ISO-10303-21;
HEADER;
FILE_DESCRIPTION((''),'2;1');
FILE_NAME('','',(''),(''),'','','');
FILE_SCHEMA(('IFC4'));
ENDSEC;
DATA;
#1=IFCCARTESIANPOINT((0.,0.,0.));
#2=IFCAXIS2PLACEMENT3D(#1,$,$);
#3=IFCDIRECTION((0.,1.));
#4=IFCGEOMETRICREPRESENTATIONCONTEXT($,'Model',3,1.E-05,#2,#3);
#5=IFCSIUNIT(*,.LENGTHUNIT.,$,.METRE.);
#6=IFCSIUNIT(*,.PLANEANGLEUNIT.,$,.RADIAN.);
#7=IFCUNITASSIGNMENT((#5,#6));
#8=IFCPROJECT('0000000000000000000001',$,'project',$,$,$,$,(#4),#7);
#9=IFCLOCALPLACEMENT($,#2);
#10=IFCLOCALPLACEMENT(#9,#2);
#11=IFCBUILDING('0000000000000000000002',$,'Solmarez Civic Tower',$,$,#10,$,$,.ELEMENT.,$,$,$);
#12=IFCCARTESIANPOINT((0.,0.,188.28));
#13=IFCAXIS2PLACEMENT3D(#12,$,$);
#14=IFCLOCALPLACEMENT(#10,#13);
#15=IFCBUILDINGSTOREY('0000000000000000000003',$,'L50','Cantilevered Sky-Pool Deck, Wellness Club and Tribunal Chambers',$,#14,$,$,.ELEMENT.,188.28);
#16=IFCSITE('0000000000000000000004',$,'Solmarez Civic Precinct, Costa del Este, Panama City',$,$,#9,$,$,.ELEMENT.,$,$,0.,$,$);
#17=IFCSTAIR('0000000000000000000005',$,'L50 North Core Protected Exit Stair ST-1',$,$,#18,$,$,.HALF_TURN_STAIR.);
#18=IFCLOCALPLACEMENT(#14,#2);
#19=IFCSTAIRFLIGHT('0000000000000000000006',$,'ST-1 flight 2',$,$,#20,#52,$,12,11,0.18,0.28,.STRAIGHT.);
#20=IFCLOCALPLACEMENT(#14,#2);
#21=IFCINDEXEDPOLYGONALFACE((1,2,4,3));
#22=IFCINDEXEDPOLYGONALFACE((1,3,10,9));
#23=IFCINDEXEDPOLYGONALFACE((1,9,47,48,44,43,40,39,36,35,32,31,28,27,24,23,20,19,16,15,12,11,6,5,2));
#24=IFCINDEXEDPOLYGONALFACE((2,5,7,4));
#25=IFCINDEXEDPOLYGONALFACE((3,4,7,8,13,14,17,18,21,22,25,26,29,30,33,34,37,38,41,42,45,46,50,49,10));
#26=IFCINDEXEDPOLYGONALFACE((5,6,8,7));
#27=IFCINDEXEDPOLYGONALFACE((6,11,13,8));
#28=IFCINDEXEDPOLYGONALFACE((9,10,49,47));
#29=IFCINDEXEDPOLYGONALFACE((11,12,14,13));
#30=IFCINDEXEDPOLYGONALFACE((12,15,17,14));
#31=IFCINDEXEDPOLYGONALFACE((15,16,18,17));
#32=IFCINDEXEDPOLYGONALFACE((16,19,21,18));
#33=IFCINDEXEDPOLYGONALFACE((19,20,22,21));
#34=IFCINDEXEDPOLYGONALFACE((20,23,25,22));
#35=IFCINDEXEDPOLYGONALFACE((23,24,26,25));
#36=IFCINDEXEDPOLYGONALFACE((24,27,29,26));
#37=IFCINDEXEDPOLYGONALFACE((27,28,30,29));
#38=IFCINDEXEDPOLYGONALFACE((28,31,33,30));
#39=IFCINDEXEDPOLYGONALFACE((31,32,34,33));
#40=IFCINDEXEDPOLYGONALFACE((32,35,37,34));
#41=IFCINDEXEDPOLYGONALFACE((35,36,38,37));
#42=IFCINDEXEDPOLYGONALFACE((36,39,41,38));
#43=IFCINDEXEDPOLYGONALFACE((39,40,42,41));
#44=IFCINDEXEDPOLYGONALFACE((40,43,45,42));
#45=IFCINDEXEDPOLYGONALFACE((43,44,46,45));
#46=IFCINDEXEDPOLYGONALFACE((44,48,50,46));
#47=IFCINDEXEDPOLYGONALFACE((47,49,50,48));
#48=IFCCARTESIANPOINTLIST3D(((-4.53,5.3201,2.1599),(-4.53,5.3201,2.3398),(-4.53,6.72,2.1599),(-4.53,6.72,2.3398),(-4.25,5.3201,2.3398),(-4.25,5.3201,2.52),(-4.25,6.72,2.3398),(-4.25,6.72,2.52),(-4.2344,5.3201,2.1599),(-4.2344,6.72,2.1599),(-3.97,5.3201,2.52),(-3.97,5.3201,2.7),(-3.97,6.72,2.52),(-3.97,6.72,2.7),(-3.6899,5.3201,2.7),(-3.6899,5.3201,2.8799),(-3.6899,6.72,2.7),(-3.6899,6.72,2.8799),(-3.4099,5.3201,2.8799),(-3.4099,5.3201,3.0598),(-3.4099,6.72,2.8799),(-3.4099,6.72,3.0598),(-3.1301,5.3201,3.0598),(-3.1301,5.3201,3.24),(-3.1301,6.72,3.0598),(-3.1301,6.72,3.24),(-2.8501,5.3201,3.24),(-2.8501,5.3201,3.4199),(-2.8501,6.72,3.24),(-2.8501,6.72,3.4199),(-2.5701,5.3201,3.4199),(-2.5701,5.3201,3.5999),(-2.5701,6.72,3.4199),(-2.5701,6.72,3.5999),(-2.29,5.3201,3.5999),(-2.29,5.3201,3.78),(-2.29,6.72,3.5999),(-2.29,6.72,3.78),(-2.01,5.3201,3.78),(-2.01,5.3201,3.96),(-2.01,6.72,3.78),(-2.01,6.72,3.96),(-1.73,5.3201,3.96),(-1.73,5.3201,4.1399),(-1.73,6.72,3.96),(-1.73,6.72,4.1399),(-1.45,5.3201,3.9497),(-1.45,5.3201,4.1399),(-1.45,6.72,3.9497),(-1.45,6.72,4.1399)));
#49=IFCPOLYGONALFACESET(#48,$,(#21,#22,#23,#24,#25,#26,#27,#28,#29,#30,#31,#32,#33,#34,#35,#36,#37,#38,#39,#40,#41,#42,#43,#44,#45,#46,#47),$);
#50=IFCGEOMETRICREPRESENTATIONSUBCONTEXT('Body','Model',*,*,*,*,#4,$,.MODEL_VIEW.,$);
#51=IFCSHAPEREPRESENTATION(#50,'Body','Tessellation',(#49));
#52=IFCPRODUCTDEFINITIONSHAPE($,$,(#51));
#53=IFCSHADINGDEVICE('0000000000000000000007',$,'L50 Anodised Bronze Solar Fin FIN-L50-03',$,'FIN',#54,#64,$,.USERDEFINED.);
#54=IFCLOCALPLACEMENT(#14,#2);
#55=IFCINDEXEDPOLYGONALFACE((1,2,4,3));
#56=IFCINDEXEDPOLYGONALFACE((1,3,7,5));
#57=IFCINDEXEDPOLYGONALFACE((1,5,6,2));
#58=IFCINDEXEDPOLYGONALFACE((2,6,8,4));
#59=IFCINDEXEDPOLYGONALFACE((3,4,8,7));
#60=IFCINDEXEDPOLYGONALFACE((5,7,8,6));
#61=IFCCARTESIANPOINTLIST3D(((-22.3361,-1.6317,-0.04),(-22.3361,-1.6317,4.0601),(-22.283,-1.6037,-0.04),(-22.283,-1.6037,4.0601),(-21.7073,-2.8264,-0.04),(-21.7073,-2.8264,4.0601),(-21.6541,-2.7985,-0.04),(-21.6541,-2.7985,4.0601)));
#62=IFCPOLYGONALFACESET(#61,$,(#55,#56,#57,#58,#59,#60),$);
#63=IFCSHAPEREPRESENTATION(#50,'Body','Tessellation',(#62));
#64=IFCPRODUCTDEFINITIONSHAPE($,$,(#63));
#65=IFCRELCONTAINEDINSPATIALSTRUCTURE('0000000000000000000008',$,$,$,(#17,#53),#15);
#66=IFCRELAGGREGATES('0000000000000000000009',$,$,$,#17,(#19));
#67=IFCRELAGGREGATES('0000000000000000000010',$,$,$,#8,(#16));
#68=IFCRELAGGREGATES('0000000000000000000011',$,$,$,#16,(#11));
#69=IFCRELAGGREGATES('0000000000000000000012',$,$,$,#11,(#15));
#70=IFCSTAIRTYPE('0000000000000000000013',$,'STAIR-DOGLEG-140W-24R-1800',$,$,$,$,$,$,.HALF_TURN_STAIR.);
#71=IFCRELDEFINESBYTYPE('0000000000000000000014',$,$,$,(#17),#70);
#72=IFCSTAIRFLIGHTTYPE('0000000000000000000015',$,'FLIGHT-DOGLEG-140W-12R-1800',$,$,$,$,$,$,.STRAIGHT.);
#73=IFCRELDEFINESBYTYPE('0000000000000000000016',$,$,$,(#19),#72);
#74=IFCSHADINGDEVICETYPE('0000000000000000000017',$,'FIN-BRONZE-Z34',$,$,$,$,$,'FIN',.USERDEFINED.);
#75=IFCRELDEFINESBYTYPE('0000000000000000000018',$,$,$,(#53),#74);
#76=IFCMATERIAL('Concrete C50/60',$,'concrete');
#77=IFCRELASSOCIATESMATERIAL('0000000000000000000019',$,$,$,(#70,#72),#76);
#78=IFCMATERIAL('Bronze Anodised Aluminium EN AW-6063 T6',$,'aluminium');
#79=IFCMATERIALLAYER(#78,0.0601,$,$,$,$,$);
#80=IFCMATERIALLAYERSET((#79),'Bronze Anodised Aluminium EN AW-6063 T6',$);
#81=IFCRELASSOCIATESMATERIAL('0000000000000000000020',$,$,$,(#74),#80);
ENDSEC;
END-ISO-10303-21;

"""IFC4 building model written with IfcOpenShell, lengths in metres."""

from ifc_helpers import new_model, si_unit, direction, frame, origin, origin_2d, place, context, subcontext, project, spatial, polyline, rectangle, outline, extrude, material, layer, layer_set, type_object, element, aggregate, save


model = new_model("IFC4")

# Units and contexts
model_context = context("Model", 3, precision=1e-05, world=origin(), true_north=direction((0.0, 1.0)))
body_context = subcontext(model_context, "Body", "Model", "MODEL_VIEW")
ifc_project = project(units=[si_unit("LENGTHUNIT", "METRE"), si_unit("PLANEANGLEUNIT", "RADIAN")], contexts=[model_context])

# Site, building, storey
site_placement = place(None, origin())
site = spatial("IfcSite", under=ifc_project, at=site_placement, Name="Solmarez Civic Precinct, Costa del Este, Panama City", CompositionType="ELEMENT", RefElevation=0.0)
building_placement = place(site_placement, origin())
building = spatial("IfcBuilding", under=site, at=building_placement, Name="Solmarez Civic Tower", CompositionType="ELEMENT")
storey_placement = place(building_placement, frame((0.0, 0.0, 188.28)))
storey = spatial("IfcBuildingStorey", under=building, at=storey_placement, Name="L50", Description="Cantilevered Sky-Pool Deck, Wellness Club and Tribunal Chambers", CompositionType="ELEMENT", Elevation=188.28)

# Shared definitions
ifc_material_1 = material(Name="Concrete C50/60", Category="concrete")

# Stair, stair flight
stair_type = type_object("IfcStairType", Name="STAIR-DOGLEG-140W-24R-1800", PredefinedType="HALF_TURN_STAIR", material=ifc_material_1)
stair_placement = place(storey_placement, origin())
stair = element("IfcStair", 1, at=stair_placement, inside=storey, type_object=stair_type, Name="L50 North Core Protected Exit Stair ST-1", PredefinedType="HALF_TURN_STAIR")
stair_flight_type = type_object("IfcStairFlightType", Name="FLIGHT-DOGLEG-140W-12R-1800", PredefinedType="STRAIGHT", material=ifc_material_1)
stair_flight_1_placement = place(storey_placement, frame((-4.53, 6.02, 2.1599), z_axis=(0.0, 0.0, 1.0), x_axis=(1.0, 0.0, 0.0)))
stair_flight_1 = element("IfcStairFlight", 2, at=stair_flight_1_placement, type_object=stair_flight_type, Name="ST-1 flight 2", NumberOfRisers=12, NumberOfTreads=11, PredefinedType="STRAIGHT", RiserHeight=0.18, TreadLength=0.28, context=body_context, shape_type="SweptSolid", body=[
    extrude(outline(polyline([(0.0, 0.0), (0.0, 0.1799), (0.28, 0.1799), (0.28, 0.3601), (0.5601, 0.3601), (0.5601, 0.54), (0.8401, 0.54), (0.8401, 0.72), (1.1201, 0.72), (1.1201, 0.8999), (1.3999, 0.8999), (1.3999, 1.0801), (1.6799, 1.0801), (1.6799, 1.26), (1.96, 1.26), (1.96, 1.4399), (2.24, 1.4399), (2.24, 1.6201), (2.52, 1.6201), (2.52, 1.8), (2.8, 1.8), (2.8, 1.98), (3.0801, 1.98), (3.0801, 2.1599), (3.0801, 1.7898), (0.2957, 0.0), (0.0, 0.0)])), frame((0.0, 0.7, 0.0), z_axis=(0.0, -1.0, 0.0), x_axis=(1.0, 0.0, 0.0)), (0.0, 0.0, 1.0), 1.3999),
])
aggregate(stair, [stair_flight_1])

# Shading device
ifc_material_2 = material(Name="Bronze Anodised Aluminium EN AW-6063 T6", Category="aluminium")
ifc_layer_1 = layer(ifc_material_2, 0.0601)
ifc_layer_set_1 = layer_set([ifc_layer_1], Name="Bronze Anodised Aluminium EN AW-6063 T6")
shading_device_type = type_object("IfcShadingDeviceType", Name="FIN-BRONZE-Z34", ElementType="FIN", PredefinedType="USERDEFINED", material=ifc_layer_set_1)
shading_device_placement = place(storey_placement, frame((-21.9951, -2.2151, -0.04), z_axis=(0.0, 0.0, 1.0), x_axis=(-0.465754, 0.884914, 0.0)))
element("IfcShadingDevice", 3, at=shading_device_placement, inside=storey, type_object=shading_device_type, Name="L50 Anodised Bronze Solar Fin FIN-L50-03", ObjectType="FIN", PredefinedType="USERDEFINED", context=body_context, shape_type="SweptSolid", body=[
    extrude(rectangle(XDim=1.3501, YDim=0.0601, at=origin_2d()), origin(), (0.0, 0.0, 1.0), 4.1001),
])

save(model, "model.ifc")
